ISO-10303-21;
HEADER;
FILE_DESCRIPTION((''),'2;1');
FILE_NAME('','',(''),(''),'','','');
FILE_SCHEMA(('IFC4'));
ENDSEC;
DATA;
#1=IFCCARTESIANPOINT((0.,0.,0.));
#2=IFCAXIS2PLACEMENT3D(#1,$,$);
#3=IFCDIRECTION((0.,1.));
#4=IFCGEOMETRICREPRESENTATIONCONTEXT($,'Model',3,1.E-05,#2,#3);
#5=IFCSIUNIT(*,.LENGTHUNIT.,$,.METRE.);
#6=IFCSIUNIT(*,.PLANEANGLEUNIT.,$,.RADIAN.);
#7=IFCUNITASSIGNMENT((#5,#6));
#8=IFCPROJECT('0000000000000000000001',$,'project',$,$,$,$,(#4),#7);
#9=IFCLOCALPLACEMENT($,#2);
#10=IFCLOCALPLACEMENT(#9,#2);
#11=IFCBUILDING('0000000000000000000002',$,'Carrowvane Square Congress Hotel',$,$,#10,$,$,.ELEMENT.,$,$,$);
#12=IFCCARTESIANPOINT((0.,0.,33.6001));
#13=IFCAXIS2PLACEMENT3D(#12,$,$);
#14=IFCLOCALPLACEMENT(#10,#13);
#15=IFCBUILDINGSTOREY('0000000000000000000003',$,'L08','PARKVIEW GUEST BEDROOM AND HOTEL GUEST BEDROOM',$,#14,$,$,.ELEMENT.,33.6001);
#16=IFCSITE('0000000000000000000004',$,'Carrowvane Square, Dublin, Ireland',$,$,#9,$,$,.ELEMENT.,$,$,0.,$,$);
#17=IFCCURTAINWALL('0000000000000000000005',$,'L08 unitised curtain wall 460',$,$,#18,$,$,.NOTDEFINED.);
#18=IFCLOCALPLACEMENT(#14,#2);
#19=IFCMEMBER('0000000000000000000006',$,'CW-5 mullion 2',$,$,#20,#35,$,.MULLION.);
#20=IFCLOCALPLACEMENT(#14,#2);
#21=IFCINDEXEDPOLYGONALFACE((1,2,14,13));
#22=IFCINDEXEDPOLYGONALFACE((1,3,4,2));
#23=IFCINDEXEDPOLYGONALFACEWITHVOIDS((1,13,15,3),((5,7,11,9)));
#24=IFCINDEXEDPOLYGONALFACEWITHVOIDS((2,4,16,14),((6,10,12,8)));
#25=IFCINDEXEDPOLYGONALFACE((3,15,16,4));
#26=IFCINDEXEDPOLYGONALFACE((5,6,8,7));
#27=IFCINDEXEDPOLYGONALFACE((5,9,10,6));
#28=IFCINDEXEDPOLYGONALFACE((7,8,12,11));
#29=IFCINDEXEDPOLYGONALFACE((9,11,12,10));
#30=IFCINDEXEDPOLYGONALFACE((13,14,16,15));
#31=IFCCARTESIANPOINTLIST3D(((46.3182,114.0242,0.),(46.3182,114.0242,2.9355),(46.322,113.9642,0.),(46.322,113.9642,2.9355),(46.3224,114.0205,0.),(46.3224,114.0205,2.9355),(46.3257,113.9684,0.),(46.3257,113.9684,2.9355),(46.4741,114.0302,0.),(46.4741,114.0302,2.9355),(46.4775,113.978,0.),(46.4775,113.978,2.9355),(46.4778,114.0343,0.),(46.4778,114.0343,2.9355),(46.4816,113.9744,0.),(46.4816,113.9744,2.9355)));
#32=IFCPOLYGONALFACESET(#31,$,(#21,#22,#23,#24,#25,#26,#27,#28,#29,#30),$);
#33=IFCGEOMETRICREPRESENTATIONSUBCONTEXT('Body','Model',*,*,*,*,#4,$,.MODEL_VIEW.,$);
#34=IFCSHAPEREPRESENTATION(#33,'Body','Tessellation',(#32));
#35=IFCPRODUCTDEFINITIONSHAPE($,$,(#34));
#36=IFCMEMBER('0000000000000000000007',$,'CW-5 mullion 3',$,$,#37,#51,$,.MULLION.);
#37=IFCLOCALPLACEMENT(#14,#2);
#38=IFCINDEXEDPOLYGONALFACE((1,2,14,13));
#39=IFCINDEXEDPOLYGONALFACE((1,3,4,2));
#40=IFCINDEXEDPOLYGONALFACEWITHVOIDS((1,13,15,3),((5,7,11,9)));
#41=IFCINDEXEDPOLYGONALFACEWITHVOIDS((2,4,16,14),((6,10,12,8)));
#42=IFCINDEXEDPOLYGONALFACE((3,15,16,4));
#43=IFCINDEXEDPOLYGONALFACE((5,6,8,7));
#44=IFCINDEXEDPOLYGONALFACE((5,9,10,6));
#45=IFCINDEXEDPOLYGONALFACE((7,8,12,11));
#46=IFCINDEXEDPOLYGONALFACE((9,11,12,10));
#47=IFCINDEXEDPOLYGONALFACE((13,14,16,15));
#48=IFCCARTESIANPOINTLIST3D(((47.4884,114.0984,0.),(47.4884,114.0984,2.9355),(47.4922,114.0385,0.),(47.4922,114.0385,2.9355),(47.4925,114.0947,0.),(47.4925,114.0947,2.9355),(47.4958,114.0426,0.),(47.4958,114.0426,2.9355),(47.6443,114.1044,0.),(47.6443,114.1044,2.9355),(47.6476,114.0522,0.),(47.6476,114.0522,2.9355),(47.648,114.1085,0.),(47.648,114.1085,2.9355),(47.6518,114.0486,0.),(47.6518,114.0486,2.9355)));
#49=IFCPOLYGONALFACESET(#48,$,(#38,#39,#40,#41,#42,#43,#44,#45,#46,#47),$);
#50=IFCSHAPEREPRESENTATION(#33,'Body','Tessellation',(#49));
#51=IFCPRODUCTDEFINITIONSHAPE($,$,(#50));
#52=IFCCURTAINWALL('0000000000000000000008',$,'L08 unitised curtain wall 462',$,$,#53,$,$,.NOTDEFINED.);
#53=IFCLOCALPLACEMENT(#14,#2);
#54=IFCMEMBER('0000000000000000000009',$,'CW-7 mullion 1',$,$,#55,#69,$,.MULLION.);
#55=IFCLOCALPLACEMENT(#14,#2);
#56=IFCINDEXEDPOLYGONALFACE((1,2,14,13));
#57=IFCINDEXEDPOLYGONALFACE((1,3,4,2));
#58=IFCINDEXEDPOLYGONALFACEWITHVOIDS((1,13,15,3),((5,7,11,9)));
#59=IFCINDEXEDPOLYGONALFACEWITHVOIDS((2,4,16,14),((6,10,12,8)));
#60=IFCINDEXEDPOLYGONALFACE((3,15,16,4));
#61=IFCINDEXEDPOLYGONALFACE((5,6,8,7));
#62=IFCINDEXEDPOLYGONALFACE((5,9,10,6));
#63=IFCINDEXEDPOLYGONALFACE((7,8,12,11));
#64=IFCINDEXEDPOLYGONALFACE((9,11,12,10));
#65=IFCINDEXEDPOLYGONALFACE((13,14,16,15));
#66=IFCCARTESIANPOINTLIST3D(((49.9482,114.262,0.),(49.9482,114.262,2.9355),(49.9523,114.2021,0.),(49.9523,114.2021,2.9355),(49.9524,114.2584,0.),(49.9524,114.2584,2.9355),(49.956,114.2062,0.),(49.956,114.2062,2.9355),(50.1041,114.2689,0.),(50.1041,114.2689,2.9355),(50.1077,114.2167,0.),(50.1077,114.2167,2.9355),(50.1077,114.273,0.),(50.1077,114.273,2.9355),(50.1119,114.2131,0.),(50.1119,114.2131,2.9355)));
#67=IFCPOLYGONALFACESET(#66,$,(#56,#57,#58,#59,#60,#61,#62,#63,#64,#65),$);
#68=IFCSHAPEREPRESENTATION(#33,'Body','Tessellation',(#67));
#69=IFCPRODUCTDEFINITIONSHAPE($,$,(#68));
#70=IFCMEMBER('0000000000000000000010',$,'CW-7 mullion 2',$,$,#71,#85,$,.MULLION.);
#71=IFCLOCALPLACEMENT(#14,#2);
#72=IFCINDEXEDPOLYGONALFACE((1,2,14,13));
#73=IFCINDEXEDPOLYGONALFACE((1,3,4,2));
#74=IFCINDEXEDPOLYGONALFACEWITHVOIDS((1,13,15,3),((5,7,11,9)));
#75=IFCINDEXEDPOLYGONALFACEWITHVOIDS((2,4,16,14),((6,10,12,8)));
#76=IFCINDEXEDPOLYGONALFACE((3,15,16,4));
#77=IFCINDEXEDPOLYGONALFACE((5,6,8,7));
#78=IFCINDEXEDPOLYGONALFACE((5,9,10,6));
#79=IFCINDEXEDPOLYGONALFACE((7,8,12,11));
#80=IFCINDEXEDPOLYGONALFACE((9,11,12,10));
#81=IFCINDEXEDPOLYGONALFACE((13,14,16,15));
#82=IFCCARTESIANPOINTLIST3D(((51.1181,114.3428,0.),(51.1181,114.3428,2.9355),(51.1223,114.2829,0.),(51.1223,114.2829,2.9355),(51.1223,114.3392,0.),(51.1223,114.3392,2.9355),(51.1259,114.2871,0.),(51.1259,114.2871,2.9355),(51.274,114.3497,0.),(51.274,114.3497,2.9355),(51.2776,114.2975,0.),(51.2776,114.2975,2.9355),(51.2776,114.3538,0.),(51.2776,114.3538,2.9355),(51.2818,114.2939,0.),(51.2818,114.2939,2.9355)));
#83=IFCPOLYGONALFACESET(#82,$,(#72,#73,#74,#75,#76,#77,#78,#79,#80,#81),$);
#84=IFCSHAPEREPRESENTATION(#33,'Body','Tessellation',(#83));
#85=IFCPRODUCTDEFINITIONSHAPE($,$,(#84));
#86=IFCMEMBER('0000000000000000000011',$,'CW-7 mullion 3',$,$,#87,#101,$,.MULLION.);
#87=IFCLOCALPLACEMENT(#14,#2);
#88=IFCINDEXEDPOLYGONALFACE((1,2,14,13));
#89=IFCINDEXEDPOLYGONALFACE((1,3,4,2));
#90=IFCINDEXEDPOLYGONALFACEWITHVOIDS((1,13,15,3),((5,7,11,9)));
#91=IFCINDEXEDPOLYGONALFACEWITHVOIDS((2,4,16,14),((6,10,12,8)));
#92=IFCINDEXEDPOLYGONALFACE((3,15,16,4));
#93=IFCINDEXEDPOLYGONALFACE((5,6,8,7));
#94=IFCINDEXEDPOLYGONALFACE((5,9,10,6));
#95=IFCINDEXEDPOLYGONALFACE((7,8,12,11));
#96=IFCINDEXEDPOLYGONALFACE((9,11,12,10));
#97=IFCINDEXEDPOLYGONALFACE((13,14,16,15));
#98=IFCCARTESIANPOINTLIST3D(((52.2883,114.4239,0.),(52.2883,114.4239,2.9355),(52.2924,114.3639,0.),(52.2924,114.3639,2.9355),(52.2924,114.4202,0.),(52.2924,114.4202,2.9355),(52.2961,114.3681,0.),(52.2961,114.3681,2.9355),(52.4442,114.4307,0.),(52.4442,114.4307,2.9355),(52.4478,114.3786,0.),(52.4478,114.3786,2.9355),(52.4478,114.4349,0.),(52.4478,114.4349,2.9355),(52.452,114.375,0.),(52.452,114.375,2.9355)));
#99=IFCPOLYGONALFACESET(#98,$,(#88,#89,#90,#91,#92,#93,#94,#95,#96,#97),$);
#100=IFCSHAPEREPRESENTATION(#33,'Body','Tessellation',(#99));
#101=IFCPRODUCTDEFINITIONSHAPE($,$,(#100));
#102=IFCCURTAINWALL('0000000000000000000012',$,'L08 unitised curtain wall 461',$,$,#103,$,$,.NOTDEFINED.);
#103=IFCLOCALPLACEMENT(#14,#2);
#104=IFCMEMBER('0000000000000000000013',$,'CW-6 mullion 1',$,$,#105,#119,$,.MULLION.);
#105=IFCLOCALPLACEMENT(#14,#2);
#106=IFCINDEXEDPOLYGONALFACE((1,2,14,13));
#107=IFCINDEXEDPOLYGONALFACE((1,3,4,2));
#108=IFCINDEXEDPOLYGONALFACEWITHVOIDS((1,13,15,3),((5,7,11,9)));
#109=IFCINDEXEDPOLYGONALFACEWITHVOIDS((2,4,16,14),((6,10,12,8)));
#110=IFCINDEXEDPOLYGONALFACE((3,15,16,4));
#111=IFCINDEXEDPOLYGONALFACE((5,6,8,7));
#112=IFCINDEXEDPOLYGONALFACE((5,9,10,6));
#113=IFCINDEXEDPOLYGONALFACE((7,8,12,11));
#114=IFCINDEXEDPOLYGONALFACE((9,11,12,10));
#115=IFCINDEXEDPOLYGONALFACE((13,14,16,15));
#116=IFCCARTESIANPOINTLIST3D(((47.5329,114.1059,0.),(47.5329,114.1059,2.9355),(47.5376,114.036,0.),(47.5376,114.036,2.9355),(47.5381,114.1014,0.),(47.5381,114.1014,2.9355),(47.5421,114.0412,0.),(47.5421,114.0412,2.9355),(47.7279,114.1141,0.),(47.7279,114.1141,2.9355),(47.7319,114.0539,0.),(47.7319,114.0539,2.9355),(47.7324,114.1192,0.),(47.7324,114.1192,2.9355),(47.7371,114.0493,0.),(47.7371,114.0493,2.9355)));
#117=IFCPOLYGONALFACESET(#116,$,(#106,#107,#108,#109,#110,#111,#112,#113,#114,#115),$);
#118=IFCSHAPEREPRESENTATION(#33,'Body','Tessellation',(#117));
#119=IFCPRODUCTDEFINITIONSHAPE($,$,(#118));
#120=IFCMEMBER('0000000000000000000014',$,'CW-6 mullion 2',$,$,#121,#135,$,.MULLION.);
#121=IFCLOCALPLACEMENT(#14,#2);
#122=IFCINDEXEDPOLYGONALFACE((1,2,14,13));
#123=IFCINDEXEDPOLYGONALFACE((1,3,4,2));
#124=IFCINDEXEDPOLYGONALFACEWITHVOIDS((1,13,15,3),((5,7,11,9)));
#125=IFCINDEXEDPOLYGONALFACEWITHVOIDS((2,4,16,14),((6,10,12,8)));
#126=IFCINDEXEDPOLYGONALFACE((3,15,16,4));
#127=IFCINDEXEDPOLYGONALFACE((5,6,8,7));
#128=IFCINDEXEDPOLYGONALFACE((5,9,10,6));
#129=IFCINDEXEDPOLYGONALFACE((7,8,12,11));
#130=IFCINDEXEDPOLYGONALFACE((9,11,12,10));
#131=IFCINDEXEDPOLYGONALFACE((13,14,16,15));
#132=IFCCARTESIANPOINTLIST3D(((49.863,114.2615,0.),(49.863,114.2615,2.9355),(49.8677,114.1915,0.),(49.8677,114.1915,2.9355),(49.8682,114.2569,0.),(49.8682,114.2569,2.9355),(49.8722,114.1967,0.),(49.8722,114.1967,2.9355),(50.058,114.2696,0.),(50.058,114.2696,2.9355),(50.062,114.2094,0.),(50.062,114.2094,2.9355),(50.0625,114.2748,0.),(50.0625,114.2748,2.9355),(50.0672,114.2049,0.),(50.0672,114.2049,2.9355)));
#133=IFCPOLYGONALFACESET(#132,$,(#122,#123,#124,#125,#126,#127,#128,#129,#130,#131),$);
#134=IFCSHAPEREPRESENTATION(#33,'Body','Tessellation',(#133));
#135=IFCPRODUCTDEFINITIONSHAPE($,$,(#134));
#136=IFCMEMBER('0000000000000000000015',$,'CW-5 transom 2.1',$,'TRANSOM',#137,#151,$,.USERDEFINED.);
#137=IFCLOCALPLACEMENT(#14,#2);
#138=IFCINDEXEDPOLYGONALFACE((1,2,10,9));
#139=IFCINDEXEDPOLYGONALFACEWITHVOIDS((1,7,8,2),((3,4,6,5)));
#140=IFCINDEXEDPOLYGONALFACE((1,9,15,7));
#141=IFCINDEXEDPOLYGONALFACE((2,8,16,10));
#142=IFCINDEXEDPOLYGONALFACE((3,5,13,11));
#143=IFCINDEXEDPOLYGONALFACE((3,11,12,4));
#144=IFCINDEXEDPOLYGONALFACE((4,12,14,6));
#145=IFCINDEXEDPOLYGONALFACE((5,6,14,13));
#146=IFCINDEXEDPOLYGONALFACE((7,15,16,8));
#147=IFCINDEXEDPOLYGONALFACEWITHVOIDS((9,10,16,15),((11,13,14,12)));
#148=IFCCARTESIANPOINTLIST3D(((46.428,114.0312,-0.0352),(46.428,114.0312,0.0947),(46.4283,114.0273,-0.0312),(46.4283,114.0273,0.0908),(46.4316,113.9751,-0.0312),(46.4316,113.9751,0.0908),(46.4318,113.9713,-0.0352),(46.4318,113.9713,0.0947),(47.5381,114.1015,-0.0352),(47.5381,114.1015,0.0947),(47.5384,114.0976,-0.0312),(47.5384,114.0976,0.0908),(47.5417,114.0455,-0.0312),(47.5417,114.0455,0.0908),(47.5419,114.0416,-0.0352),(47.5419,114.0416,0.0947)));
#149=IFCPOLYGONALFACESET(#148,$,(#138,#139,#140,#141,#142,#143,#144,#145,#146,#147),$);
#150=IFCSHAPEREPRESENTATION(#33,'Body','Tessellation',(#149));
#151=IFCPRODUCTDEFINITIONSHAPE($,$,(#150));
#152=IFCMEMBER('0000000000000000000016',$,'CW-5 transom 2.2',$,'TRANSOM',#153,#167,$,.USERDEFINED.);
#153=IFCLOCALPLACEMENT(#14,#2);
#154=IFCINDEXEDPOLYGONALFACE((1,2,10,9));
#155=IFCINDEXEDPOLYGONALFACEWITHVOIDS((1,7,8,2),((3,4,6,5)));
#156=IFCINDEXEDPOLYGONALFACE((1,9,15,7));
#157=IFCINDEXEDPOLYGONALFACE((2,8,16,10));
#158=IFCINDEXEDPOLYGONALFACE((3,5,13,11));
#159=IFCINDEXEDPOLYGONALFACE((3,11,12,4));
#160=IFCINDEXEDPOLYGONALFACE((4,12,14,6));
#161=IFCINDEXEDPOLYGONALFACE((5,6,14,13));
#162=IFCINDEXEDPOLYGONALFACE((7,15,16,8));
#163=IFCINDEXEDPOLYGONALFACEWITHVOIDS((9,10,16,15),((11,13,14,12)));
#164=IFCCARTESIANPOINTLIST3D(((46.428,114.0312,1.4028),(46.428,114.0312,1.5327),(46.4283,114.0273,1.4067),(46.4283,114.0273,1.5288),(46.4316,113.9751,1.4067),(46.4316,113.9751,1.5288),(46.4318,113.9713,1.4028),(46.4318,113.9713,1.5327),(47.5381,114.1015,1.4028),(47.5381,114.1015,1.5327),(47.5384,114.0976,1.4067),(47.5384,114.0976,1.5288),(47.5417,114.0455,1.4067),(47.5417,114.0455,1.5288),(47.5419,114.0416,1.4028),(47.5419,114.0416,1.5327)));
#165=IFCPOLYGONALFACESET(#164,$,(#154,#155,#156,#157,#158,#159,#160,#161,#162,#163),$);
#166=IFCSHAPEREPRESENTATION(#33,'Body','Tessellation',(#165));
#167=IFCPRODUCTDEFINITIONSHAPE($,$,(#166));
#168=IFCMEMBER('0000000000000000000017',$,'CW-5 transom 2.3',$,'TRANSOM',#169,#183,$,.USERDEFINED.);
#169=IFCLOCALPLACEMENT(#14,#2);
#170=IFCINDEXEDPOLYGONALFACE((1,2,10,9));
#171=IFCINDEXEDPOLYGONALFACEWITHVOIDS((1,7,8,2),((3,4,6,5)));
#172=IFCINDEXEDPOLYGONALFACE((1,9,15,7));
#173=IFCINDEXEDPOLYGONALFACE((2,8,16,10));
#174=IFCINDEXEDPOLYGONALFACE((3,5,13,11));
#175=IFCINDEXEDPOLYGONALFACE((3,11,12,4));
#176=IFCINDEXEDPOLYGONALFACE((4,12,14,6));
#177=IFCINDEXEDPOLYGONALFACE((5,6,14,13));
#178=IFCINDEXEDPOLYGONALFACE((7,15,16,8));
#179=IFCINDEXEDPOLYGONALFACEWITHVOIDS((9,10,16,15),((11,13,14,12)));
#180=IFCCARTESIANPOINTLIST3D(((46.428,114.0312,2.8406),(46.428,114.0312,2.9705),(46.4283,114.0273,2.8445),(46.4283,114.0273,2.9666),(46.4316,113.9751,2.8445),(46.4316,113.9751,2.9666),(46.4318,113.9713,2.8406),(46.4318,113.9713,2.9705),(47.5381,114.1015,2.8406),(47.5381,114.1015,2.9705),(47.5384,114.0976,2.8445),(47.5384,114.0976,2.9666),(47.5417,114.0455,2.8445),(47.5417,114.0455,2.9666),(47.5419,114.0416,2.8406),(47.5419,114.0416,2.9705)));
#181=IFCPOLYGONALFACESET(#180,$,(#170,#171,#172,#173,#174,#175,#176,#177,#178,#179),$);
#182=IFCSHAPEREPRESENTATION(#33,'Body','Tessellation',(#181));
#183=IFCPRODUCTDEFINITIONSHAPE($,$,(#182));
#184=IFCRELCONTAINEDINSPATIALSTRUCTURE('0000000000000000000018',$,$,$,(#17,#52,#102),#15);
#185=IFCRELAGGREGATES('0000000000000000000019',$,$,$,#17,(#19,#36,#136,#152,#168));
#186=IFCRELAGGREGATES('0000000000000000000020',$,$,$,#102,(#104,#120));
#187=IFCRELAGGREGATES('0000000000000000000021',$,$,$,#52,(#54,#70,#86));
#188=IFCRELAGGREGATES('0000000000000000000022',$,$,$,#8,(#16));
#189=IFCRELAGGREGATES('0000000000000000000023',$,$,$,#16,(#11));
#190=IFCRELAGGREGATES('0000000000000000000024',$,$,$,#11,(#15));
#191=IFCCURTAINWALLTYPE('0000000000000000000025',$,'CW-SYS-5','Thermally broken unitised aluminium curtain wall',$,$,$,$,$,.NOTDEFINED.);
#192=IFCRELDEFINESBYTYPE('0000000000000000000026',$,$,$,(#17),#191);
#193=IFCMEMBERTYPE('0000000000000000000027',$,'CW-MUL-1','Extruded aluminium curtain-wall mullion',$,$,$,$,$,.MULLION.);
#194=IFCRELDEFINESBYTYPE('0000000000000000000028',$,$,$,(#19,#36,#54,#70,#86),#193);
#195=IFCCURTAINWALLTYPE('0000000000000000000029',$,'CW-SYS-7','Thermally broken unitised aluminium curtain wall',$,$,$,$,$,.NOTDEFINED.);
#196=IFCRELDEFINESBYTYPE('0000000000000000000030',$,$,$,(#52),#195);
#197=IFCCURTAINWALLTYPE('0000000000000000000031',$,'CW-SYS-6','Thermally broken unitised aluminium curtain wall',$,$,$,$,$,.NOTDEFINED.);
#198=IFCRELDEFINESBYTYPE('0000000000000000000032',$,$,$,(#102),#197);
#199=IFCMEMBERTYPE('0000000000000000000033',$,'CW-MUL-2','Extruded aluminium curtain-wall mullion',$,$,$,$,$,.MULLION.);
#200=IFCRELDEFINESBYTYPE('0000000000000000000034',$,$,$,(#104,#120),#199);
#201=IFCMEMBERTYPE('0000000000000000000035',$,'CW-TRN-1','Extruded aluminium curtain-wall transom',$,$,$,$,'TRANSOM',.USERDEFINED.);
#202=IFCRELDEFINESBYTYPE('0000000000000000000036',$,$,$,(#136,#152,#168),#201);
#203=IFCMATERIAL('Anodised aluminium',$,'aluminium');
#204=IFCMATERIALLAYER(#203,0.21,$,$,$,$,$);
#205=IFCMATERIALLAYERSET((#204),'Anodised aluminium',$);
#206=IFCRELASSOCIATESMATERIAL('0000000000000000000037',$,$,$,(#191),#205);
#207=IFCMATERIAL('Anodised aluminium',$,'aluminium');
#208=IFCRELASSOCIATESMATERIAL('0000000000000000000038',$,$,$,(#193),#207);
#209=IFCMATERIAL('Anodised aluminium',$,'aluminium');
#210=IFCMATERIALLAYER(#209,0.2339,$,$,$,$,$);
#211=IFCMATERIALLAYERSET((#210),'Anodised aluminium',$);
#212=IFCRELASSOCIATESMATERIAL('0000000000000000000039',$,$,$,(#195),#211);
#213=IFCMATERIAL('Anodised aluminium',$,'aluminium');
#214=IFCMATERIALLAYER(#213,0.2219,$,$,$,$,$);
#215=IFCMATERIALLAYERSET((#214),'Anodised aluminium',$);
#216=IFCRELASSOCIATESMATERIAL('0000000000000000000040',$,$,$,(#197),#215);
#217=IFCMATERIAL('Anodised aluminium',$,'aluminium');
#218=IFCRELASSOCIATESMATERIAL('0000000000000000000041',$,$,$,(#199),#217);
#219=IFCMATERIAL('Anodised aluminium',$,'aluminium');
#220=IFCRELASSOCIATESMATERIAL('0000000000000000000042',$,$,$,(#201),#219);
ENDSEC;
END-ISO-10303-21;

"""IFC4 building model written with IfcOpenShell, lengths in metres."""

from ifc_helpers import new_model, si_unit, direction, frame, origin, origin_2d, place, context, subcontext, project, spatial, hollow_rectangle, extrude, material, layer, layer_set, material_profile, profile_set, type_object, element, aggregate, save


model = new_model("IFC4")

# Units and contexts
model_context = context("Model", 3, precision=1e-05, world=origin(), true_north=direction((0.0, 1.0)))
body_context = subcontext(model_context, "Body", "Model", "MODEL_VIEW")
ifc_project = project(units=[si_unit("LENGTHUNIT", "METRE"), si_unit("PLANEANGLEUNIT", "RADIAN")], contexts=[model_context])

# Site, building, storey
site_placement = place(None, origin())
site = spatial("IfcSite", under=ifc_project, at=site_placement, Name="Carrowvane Square, Dublin, Ireland", CompositionType="ELEMENT", RefElevation=0.0)
building_placement = place(site_placement, origin())
building = spatial("IfcBuilding", under=site, at=building_placement, Name="Carrowvane Square Congress Hotel", CompositionType="ELEMENT")
storey_placement = place(building_placement, frame((0.0, 0.0, 33.6001)))
storey = spatial("IfcBuildingStorey", under=building, at=storey_placement, Name="L08", Description="PARKVIEW GUEST BEDROOM AND HOTEL GUEST BEDROOM", CompositionType="ELEMENT", Elevation=33.6001)

# Curtain walls, members
ifc_material_1 = material(Name="Anodised aluminium", Category="aluminium")
ifc_layer_1 = layer(ifc_material_1, 0.21)
ifc_layer_set_1 = layer_set([ifc_layer_1], Name="Anodised aluminium")
curtain_wall_type_1 = type_object("IfcCurtainWallType", Name="CW-SYS-5", Description="Thermally broken unitised aluminium curtain wall", PredefinedType="NOTDEFINED", material=ifc_layer_set_1)
curtain_wall_1_placement = place(storey_placement, origin())
curtain_wall_1 = element("IfcCurtainWall", 1, at=curtain_wall_1_placement, inside=storey, type_object=curtain_wall_type_1, Name="L08 unitised curtain wall 460", PredefinedType="NOTDEFINED")
ifc_material_2 = material(Name="Anodised aluminium", Category="aluminium")
ifc_material_profile_1 = material_profile(ifc_material_2, hollow_rectangle(XDim=0.0601, YDim=0.1599, WallThickness=0.0039, at=origin_2d()), Name="CW-ML 60x160x4")
ifc_profile_set_1 = profile_set([ifc_material_profile_1], Name="Anodised aluminium")
member_type_1 = type_object("IfcMemberType", Name="CW-MUL-1", Description="Extruded aluminium curtain-wall mullion", PredefinedType="MULLION", material=ifc_profile_set_1)
member_1_placement = place(storey_placement, frame((46.3999, 113.9993, 0.0), z_axis=(0.0, 0.0, 1.0), x_axis=(-0.063273, 0.997996, 0.0)))
member_1 = element("IfcMember", 2, at=member_1_placement, type_object=member_type_1, Name="CW-5 mullion 2", PredefinedType="MULLION", context=body_context, shape_type="SweptSolid", body=[
    extrude(hollow_rectangle(XDim=0.0601, YDim=0.1599, WallThickness=0.0039, at=origin_2d()), origin(), (0.0, 0.0, 1.0), 2.9355),
])
member_2_placement = place(storey_placement, frame((47.5701, 114.0735, 0.0), z_axis=(0.0, 0.0, 1.0), x_axis=(-0.063273, 0.997996, 0.0)))
member_2 = element("IfcMember", 3, at=member_2_placement, type_object=member_type_1, Name="CW-5 mullion 3", PredefinedType="MULLION", context=body_context, shape_type="SweptSolid", body=[
    extrude(hollow_rectangle(XDim=0.0601, YDim=0.1599, WallThickness=0.0039, at=origin_2d()), origin(), (0.0, 0.0, 1.0), 2.9355),
])
ifc_material_3 = material(Name="Anodised aluminium", Category="aluminium")
ifc_layer_2 = layer(ifc_material_3, 0.2339)
ifc_layer_set_2 = layer_set([ifc_layer_2], Name="Anodised aluminium")
curtain_wall_type_2 = type_object("IfcCurtainWallType", Name="CW-SYS-7", Description="Thermally broken unitised aluminium curtain wall", PredefinedType="NOTDEFINED", material=ifc_layer_set_2)
curtain_wall_2_placement = place(storey_placement, origin())
curtain_wall_2 = element("IfcCurtainWall", 4, at=curtain_wall_2_placement, inside=storey, type_object=curtain_wall_type_2, Name="L08 unitised curtain wall 462", PredefinedType="NOTDEFINED")
member_3_placement = place(storey_placement, frame((50.03, 114.2375, 0.0), z_axis=(0.0, 0.0, 1.0), x_axis=(-0.068986, 0.997618, 0.0)))
member_3 = element("IfcMember", 5, at=member_3_placement, type_object=member_type_1, Name="CW-7 mullion 1", PredefinedType="MULLION", context=body_context, shape_type="SweptSolid", body=[
    extrude(hollow_rectangle(XDim=0.0601, YDim=0.1599, WallThickness=0.0039, at=origin_2d()), origin(), (0.0, 0.0, 1.0), 2.9355),
])
member_4_placement = place(storey_placement, frame((51.2, 114.3184, 0.0), z_axis=(0.0, 0.0, 1.0), x_axis=(-0.068986, 0.997618, 0.0)))
member_4 = element("IfcMember", 6, at=member_4_placement, type_object=member_type_1, Name="CW-7 mullion 2", PredefinedType="MULLION", context=body_context, shape_type="SweptSolid", body=[
    extrude(hollow_rectangle(XDim=0.0601, YDim=0.1599, WallThickness=0.0039, at=origin_2d()), origin(), (0.0, 0.0, 1.0), 2.9355),
])
member_5_placement = place(storey_placement, frame((52.3701, 114.3994, 0.0), z_axis=(0.0, 0.0, 1.0), x_axis=(-0.068986, 0.997618, 0.0)))
member_5 = element("IfcMember", 7, at=member_5_placement, type_object=member_type_1, Name="CW-7 mullion 3", PredefinedType="MULLION", context=body_context, shape_type="SweptSolid", body=[
    extrude(hollow_rectangle(XDim=0.0601, YDim=0.1599, WallThickness=0.0039, at=origin_2d()), origin(), (0.0, 0.0, 1.0), 2.9355),
])
ifc_material_4 = material(Name="Anodised aluminium", Category="aluminium")
ifc_layer_3 = layer(ifc_material_4, 0.2219)
ifc_layer_set_3 = layer_set([ifc_layer_3], Name="Anodised aluminium")
curtain_wall_type_3 = type_object("IfcCurtainWallType", Name="CW-SYS-6", Description="Thermally broken unitised aluminium curtain wall", PredefinedType="NOTDEFINED", material=ifc_layer_set_3)
curtain_wall_3_placement = place(storey_placement, origin())
curtain_wall_3 = element("IfcCurtainWall", 8, at=curtain_wall_3_placement, inside=storey, type_object=curtain_wall_type_3, Name="L08 unitised curtain wall 461", PredefinedType="NOTDEFINED")
ifc_material_5 = material(Name="Anodised aluminium", Category="aluminium")
ifc_material_profile_2 = material_profile(ifc_material_5, hollow_rectangle(XDim=0.0701, YDim=0.2, WallThickness=0.0049, at=origin_2d()), Name="CW-ML 70x200x5")
ifc_profile_set_2 = profile_set([ifc_material_profile_2], Name="Anodised aluminium")
member_type_2 = type_object("IfcMemberType", Name="CW-MUL-2", Description="Extruded aluminium curtain-wall mullion", PredefinedType="MULLION", material=ifc_profile_set_2)
member_6_placement = place(storey_placement, frame((47.635, 114.0776, 0.0), z_axis=(0.0, 0.0, 1.0), x_axis=(-0.066578, 0.997781, 0.0)))
member_6 = element("IfcMember", 9, at=member_6_placement, type_object=member_type_2, Name="CW-6 mullion 1", PredefinedType="MULLION", context=body_context, shape_type="SweptSolid", body=[
    extrude(hollow_rectangle(XDim=0.0701, YDim=0.2, WallThickness=0.0049, at=origin_2d()), origin(), (0.0, 0.0, 1.0), 2.9355),
])
member_7_placement = place(storey_placement, frame((49.9651, 114.2332, 0.0), z_axis=(0.0, 0.0, 1.0), x_axis=(-0.066578, 0.997781, 0.0)))
member_7 = element("IfcMember", 10, at=member_7_placement, type_object=member_type_2, Name="CW-6 mullion 2", PredefinedType="MULLION", context=body_context, shape_type="SweptSolid", body=[
    extrude(hollow_rectangle(XDim=0.0701, YDim=0.2, WallThickness=0.0049, at=origin_2d()), origin(), (0.0, 0.0, 1.0), 2.9355),
])

# Members
ifc_material_6 = material(Name="Anodised aluminium", Category="aluminium")
ifc_material_profile_3 = material_profile(ifc_material_6, hollow_rectangle(XDim=0.0601, YDim=0.1299, WallThickness=0.0039, at=origin_2d()), Name="CW-TR 60x130x4")
ifc_profile_set_3 = profile_set([ifc_material_profile_3], Name="Anodised aluminium")
member_type_3 = type_object("IfcMemberType", Name="CW-TRN-1", Description="Extruded aluminium curtain-wall transom", ElementType="TRANSOM", PredefinedType="USERDEFINED", material=ifc_profile_set_3)
member_8_placement = place(storey_placement, frame((46.4299, 114.0012, 0.0298), z_axis=(0.998, 0.063212, 0.0), x_axis=(-0.063212, 0.998, 0.0)))
member_8 = element("IfcMember", 11, at=member_8_placement, type_object=member_type_3, Name="CW-5 transom 2.1", ObjectType="TRANSOM", PredefinedType="USERDEFINED", context=body_context, shape_type="SweptSolid", body=[
    extrude(hollow_rectangle(XDim=0.0601, YDim=0.1299, WallThickness=0.0039, at=origin_2d()), origin(), (0.0, 0.0, 1.0), 1.1123),
])
member_9_placement = place(storey_placement, frame((46.4299, 114.0012, 1.4678), z_axis=(0.998, 0.063212, 0.0), x_axis=(-0.063212, 0.998, 0.0)))
member_9 = element("IfcMember", 12, at=member_9_placement, type_object=member_type_3, Name="CW-5 transom 2.2", ObjectType="TRANSOM", PredefinedType="USERDEFINED", context=body_context, shape_type="SweptSolid", body=[
    extrude(hollow_rectangle(XDim=0.0601, YDim=0.1299, WallThickness=0.0039, at=origin_2d()), origin(), (0.0, 0.0, 1.0), 1.1123),
])
member_10_placement = place(storey_placement, frame((46.4299, 114.0012, 2.9055), z_axis=(0.998, 0.063212, 0.0), x_axis=(-0.063212, 0.998, 0.0)))
member_10 = element("IfcMember", 13, at=member_10_placement, type_object=member_type_3, Name="CW-5 transom 2.3", ObjectType="TRANSOM", PredefinedType="USERDEFINED", context=body_context, shape_type="SweptSolid", body=[
    extrude(hollow_rectangle(XDim=0.0601, YDim=0.1299, WallThickness=0.0039, at=origin_2d()), origin(), (0.0, 0.0, 1.0), 1.1123),
])

aggregate(curtain_wall_1, [member_1, member_2, member_8, member_9, member_10])
aggregate(curtain_wall_3, [member_6, member_7])
aggregate(curtain_wall_2, [member_3, member_4, member_5])

save(model, "model.ifc")
